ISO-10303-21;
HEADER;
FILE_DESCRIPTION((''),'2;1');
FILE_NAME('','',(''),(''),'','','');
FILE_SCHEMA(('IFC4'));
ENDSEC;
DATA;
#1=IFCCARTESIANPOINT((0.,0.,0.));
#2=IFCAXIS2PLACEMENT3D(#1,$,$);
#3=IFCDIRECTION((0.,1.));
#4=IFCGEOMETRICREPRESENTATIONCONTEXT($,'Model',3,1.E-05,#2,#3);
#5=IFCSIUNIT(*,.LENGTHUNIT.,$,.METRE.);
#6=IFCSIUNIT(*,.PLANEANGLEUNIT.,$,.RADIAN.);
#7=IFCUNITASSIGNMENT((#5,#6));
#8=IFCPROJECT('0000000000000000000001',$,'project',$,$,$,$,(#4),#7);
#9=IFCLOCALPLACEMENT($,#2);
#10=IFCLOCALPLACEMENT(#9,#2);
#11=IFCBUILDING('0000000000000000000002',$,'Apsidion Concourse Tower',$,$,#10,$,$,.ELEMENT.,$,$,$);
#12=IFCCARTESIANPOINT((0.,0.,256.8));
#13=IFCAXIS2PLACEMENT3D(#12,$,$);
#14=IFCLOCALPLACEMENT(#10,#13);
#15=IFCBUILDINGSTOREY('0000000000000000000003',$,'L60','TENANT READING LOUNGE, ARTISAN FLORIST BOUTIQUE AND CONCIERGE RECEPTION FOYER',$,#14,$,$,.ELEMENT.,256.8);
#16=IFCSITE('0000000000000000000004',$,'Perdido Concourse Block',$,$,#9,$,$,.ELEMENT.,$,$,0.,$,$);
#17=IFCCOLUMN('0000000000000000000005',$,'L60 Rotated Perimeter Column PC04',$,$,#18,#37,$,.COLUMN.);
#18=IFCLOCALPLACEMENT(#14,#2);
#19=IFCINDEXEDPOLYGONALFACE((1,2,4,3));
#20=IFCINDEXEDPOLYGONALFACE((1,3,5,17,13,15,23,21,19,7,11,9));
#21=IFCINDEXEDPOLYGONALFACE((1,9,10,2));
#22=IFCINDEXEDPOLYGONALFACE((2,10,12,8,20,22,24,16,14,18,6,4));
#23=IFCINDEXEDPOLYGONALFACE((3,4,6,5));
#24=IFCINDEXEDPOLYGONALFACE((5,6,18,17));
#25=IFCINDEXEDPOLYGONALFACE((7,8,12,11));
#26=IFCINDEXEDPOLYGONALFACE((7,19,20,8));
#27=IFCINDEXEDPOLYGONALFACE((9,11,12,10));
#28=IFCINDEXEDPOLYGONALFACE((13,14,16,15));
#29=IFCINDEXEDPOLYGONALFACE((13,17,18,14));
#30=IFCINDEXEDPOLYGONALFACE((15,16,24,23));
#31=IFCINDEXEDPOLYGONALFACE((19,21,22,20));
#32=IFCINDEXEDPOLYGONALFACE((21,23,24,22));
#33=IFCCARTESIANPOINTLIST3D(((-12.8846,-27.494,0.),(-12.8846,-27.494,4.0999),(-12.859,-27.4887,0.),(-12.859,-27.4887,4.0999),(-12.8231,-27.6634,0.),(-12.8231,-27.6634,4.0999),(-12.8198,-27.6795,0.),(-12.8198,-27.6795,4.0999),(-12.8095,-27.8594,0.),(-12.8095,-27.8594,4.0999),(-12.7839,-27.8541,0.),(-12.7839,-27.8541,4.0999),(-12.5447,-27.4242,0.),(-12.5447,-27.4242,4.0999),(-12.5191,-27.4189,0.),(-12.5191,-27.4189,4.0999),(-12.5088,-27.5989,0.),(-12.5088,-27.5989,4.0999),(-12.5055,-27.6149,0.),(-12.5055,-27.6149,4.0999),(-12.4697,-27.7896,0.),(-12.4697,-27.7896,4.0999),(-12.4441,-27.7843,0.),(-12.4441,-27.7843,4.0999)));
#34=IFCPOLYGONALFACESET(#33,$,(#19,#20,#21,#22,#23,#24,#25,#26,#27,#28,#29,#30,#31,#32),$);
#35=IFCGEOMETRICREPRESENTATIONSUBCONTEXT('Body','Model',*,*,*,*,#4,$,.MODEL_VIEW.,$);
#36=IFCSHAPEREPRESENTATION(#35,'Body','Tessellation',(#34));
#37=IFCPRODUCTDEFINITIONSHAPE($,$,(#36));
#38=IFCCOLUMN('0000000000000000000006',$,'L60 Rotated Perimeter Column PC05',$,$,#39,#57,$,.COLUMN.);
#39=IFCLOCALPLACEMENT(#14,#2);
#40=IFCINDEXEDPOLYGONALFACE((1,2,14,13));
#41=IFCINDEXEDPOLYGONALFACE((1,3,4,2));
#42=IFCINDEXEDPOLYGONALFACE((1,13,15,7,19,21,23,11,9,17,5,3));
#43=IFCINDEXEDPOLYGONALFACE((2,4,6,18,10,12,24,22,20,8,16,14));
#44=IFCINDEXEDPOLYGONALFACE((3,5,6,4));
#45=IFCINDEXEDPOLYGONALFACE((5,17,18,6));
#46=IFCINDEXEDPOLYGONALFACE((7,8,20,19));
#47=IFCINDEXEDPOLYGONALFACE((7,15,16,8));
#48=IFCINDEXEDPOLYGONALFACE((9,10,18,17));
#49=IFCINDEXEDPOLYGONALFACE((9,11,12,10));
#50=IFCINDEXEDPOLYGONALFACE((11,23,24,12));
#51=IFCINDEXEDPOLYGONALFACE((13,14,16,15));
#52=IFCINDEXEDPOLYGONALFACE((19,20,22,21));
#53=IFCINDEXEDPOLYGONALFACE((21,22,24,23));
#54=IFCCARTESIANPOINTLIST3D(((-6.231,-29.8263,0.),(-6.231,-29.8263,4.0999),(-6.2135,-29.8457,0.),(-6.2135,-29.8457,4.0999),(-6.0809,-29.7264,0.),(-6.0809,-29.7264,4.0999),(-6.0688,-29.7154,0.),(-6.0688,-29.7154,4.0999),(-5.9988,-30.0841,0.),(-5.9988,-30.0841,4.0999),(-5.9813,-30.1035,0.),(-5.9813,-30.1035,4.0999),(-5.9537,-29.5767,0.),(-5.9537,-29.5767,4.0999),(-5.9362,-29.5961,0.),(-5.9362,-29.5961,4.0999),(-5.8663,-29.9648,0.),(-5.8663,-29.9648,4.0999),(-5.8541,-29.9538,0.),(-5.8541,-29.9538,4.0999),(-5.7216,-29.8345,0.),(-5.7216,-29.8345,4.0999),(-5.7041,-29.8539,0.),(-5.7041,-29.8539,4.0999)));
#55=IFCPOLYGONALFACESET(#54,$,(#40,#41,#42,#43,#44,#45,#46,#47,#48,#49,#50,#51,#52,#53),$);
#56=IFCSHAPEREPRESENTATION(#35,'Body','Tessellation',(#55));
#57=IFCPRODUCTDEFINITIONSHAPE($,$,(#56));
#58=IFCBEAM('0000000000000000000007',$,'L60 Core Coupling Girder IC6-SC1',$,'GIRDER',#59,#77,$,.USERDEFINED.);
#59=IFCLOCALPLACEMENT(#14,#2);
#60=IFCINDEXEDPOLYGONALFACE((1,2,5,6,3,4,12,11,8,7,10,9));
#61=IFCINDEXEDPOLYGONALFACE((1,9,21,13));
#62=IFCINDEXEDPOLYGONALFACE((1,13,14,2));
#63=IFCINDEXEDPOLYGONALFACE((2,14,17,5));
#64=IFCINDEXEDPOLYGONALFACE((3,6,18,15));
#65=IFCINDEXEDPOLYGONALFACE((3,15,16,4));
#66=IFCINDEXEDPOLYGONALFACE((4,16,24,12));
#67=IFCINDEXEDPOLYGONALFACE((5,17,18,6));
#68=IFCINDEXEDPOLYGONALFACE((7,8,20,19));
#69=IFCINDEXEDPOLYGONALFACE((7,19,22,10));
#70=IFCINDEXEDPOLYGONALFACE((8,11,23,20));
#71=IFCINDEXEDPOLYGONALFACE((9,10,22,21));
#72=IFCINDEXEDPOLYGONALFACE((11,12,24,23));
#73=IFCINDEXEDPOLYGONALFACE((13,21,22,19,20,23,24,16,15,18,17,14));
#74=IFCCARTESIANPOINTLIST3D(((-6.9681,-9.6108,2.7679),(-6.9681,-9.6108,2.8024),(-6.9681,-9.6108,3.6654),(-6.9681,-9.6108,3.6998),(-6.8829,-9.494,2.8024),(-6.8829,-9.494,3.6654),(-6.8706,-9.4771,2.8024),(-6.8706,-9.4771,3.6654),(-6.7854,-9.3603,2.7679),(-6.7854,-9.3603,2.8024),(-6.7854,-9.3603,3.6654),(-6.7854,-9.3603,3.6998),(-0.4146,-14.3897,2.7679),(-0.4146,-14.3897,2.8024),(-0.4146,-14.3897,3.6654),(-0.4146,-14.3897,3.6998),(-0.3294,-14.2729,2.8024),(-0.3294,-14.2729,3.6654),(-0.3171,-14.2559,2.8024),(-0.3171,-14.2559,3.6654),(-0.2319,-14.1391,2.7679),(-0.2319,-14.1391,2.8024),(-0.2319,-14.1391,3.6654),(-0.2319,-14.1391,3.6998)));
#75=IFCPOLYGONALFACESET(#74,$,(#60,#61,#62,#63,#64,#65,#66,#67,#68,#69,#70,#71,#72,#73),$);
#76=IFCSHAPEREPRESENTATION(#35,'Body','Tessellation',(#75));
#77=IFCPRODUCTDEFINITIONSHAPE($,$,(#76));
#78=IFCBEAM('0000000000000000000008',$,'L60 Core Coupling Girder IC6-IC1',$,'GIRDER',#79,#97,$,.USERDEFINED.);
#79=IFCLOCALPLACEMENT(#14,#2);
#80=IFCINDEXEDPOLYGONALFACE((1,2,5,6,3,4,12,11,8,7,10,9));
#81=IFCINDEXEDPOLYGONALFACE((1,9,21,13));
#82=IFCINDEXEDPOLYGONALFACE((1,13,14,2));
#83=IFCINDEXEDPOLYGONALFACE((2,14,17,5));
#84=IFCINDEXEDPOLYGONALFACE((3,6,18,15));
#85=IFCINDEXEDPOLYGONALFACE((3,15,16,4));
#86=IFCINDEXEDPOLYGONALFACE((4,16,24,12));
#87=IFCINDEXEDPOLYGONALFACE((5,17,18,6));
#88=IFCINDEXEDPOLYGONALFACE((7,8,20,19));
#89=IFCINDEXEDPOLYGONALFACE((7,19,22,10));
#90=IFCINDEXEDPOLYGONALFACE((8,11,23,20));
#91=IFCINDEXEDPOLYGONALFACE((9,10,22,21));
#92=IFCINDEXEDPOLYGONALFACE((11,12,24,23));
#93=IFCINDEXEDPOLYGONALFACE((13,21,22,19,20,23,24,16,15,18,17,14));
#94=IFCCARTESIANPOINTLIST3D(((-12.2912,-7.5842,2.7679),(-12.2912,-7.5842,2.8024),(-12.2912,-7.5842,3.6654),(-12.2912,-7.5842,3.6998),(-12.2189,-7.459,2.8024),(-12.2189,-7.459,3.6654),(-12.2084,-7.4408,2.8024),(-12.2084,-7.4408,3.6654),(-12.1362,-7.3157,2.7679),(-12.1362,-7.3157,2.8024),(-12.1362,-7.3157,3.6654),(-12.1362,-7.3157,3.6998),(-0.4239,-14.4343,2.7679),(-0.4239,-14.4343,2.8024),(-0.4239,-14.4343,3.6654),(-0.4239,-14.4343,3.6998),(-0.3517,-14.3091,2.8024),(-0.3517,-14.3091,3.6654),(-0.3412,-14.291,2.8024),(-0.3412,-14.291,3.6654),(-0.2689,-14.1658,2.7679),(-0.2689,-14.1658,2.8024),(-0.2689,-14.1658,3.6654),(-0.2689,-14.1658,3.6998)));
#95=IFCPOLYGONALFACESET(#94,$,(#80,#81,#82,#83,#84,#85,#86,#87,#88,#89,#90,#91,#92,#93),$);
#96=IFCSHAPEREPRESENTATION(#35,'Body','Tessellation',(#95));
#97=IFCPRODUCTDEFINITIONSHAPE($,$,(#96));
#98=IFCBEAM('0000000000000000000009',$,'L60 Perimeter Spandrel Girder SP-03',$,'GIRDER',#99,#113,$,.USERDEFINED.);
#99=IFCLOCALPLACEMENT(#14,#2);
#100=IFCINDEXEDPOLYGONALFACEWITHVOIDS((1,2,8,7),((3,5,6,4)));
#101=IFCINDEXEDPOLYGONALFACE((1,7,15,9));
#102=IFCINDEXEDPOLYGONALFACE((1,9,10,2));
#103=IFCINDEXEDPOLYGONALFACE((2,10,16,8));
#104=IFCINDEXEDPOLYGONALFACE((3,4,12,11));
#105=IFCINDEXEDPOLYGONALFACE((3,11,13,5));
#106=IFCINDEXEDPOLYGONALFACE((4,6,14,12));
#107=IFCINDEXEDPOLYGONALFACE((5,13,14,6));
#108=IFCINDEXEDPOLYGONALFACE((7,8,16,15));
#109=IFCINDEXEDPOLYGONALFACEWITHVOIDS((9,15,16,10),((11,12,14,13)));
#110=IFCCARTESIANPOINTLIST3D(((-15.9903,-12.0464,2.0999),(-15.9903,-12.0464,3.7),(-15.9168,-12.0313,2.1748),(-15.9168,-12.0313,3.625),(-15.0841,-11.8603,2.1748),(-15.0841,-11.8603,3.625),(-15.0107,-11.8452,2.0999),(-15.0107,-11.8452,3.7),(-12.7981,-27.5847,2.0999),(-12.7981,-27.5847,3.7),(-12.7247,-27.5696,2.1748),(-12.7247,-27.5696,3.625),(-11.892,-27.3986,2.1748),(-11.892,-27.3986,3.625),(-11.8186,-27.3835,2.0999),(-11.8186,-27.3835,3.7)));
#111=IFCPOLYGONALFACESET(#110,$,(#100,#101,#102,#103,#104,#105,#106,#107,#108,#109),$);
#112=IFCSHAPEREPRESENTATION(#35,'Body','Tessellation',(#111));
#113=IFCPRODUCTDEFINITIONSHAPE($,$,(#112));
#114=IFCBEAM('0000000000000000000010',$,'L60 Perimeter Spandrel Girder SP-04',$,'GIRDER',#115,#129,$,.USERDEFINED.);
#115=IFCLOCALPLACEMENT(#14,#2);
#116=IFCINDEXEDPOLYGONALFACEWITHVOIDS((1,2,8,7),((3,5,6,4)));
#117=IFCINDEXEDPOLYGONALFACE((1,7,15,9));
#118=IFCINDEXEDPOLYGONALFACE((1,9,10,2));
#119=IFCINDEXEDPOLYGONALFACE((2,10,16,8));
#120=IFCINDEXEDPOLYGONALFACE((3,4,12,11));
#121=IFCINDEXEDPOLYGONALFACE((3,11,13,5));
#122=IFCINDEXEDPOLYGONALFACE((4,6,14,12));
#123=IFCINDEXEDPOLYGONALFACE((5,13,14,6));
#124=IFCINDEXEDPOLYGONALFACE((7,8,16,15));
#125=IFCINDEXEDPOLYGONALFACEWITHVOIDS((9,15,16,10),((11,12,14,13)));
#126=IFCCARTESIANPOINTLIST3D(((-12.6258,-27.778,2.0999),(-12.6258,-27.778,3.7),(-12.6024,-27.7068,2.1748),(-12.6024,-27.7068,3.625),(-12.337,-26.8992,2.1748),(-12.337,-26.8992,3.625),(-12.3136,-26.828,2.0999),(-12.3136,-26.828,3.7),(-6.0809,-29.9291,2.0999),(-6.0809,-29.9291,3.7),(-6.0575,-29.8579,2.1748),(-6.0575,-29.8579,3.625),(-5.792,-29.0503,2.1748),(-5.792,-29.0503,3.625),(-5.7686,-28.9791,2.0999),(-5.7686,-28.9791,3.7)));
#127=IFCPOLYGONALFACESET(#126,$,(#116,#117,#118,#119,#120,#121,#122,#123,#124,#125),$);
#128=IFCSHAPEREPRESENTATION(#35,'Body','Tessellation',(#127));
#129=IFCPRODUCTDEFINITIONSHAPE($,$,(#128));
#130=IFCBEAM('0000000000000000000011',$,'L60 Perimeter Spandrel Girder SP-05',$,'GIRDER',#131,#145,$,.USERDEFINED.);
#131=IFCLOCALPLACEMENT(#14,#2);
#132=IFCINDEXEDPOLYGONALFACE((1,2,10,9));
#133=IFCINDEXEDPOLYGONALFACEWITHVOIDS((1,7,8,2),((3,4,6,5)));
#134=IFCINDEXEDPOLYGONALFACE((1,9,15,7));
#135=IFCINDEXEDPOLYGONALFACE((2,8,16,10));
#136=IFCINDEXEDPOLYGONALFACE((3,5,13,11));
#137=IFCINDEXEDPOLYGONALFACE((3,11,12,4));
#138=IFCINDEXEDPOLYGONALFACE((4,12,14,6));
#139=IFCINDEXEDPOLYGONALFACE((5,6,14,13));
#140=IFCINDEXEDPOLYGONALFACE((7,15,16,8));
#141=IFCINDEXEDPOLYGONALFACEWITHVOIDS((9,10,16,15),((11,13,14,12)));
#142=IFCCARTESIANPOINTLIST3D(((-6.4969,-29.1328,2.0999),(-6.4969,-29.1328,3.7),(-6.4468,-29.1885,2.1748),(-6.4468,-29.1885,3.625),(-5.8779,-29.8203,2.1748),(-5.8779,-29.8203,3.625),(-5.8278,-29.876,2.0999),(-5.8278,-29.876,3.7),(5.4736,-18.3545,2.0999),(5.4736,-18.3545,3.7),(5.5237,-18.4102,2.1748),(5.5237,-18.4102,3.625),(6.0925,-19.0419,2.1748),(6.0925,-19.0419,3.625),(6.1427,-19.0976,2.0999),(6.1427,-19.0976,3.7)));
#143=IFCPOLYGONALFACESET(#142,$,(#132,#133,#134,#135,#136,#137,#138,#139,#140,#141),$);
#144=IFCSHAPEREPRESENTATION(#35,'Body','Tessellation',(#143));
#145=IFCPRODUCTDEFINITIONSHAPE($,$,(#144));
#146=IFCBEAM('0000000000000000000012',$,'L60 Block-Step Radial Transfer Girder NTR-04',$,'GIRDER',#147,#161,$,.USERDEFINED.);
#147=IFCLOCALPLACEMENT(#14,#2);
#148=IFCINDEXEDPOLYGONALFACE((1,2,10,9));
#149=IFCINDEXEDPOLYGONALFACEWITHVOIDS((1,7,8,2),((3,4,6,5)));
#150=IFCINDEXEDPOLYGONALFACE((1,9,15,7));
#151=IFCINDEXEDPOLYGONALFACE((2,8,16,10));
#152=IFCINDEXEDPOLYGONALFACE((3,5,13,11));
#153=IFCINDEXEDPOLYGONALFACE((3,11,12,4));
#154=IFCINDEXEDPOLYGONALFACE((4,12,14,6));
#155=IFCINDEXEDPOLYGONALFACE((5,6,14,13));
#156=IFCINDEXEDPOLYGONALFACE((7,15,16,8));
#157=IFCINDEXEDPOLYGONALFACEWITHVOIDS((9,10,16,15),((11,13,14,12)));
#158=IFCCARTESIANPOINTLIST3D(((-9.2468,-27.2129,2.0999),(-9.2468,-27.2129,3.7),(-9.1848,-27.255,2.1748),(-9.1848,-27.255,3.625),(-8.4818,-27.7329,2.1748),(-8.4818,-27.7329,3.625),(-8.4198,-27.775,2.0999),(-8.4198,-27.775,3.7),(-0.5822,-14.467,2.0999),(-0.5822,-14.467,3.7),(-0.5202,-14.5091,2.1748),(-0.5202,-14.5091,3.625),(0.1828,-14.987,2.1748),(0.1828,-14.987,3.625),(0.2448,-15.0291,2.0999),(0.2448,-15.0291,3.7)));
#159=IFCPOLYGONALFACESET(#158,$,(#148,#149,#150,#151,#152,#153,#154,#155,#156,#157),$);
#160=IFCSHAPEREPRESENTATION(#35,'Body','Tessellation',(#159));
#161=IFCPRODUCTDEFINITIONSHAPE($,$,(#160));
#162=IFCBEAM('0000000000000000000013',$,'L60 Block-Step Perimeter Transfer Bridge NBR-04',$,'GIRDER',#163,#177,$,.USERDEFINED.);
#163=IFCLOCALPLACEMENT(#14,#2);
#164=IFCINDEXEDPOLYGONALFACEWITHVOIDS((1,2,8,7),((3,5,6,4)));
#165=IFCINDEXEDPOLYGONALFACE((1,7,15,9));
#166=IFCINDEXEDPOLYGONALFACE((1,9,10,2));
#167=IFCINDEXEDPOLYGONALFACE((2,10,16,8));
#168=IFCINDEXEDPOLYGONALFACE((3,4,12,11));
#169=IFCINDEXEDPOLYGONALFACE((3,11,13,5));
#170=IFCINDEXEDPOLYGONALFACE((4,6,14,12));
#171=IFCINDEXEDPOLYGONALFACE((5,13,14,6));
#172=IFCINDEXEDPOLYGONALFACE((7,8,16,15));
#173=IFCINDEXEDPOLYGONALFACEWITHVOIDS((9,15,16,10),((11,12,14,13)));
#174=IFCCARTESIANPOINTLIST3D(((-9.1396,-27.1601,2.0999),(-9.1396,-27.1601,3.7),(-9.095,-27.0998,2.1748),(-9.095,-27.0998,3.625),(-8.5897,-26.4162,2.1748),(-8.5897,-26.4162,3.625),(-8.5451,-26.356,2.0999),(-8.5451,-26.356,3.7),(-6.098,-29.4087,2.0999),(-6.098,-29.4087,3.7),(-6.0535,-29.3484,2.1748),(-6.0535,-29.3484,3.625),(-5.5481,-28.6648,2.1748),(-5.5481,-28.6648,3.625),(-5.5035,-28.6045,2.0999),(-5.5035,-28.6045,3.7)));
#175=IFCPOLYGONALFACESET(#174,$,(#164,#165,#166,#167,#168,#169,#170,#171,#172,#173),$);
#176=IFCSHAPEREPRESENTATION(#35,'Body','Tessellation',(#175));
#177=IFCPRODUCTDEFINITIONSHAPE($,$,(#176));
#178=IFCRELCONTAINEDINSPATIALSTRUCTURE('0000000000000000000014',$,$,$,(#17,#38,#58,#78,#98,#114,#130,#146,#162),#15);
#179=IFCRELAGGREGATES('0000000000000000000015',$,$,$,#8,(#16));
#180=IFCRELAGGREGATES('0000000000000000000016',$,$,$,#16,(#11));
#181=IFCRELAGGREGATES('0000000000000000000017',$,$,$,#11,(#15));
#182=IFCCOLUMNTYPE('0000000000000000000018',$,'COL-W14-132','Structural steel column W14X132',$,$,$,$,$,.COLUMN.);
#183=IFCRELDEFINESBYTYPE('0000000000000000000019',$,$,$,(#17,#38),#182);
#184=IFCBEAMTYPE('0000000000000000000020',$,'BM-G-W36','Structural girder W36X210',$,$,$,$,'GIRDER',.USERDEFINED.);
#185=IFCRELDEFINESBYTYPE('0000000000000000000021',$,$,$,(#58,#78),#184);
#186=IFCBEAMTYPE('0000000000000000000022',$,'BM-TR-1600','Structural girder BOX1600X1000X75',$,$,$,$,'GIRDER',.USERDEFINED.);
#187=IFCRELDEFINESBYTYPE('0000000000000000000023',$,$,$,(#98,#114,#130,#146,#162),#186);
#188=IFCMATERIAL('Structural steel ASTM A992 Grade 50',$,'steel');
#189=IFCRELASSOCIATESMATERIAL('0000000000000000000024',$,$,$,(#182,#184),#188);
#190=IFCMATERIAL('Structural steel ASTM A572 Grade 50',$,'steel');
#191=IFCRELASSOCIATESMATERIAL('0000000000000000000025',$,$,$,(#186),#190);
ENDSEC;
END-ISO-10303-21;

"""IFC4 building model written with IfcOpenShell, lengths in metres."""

from ifc_helpers import new_model, si_unit, direction, frame, origin, origin_2d, place, context, subcontext, project, spatial, hollow_rectangle, i_section, extrude, material, material_profile, profile_set, type_object, element, save


model = new_model("IFC4")

# Units and contexts
model_context = context("Model", 3, precision=1e-05, world=origin(), true_north=direction((0.0, 1.0)))
body_context = subcontext(model_context, "Body", "Model", "MODEL_VIEW")
ifc_project = project(units=[si_unit("LENGTHUNIT", "METRE"), si_unit("PLANEANGLEUNIT", "RADIAN")], contexts=[model_context])

# Site, building, storey
site_placement = place(None, origin())
site = spatial("IfcSite", under=ifc_project, at=site_placement, Name="Perdido Concourse Block", CompositionType="ELEMENT", RefElevation=0.0)
building_placement = place(site_placement, origin())
building = spatial("IfcBuilding", under=site, at=building_placement, Name="Apsidion Concourse Tower", CompositionType="ELEMENT")
storey_placement = place(building_placement, frame((0.0, 0.0, 256.8)))
storey = spatial("IfcBuildingStorey", under=building, at=storey_placement, Name="L60", Description="TENANT READING LOUNGE, ARTISAN FLORIST BOUTIQUE AND CONCIERGE RECEPTION FOYER", CompositionType="ELEMENT", Elevation=256.8)

# Columns
ifc_material_1 = material(Name="Structural steel ASTM A992 Grade 50", Category="steel")
ifc_material_profile_1 = material_profile(ifc_material_1, i_section(OverallWidth=0.373, OverallDepth=0.373, WebThickness=0.0164, FlangeThickness=0.0261, at=origin_2d()), Name="W14X132")
ifc_profile_set_1 = profile_set([ifc_material_profile_1], Name="Structural steel ASTM A992 Grade 50")
column_type = type_object("IfcColumnType", Name="COL-W14-132", Description="Structural steel column W14X132", PredefinedType="COLUMN", material=ifc_profile_set_1)
for number, where, z_axis, x_axis, name in (
    (1, (-12.6643, -27.6392, 0.0), (0.0, 0.0, 1.0), (-0.201249, 0.97954, 0.0), "L60 Rotated Perimeter Column PC04"),
    (2, (-5.9675, -29.8401, 0.0), (0.0, 0.0, 1.0), (0.743145, 0.669131, 0.0), "L60 Rotated Perimeter Column PC05"),
):
    element("IfcColumn", number, at=place(storey_placement, frame(where, z_axis=z_axis, x_axis=x_axis)), inside=storey, type_object=column_type, Name=name, PredefinedType="COLUMN", context=body_context, shape_type="SweptSolid", body=[
        extrude(i_section(OverallWidth=0.373, OverallDepth=0.373, WebThickness=0.0164, FlangeThickness=0.0261, at=origin_2d()), origin(), (0.0, 0.0, 1.0), 4.0999),
    ])

# Beams
ifc_material_profile_2 = material_profile(ifc_material_1, i_section(OverallWidth=0.3101, OverallDepth=0.9319, WebThickness=0.021, FlangeThickness=0.0344, at=origin_2d()), Name="W36X210")
ifc_profile_set_2 = profile_set([ifc_material_profile_2], Name="Structural steel ASTM A992 Grade 50")
beam_type_1 = type_object("IfcBeamType", Name="BM-G-W36", Description="Structural girder W36X210", ElementType="GIRDER", PredefinedType="USERDEFINED", material=ifc_profile_set_2)
beam_1_placement = place(storey_placement, frame((-0.3232, -14.2644, 3.2339), z_axis=(-0.807993, 0.589191, 0.0), x_axis=(-0.589191, -0.807993, 0.0)))
element("IfcBeam", 3, at=beam_1_placement, inside=storey, type_object=beam_type_1, Name="L60 Core Coupling Girder IC6-SC1", ObjectType="GIRDER", PredefinedType="USERDEFINED", context=body_context, shape_type="SweptSolid", body=[
    extrude(i_section(OverallWidth=0.3101, OverallDepth=0.9319, WebThickness=0.021, FlangeThickness=0.0344, at=origin_2d()), origin(), (0.0, 0.0, 1.0), 8.1108),
])
beam_2_placement = place(storey_placement, frame((-0.3464, -14.3, 3.2339), z_axis=(-0.86607, 0.499922, 0.0), x_axis=(-0.499922, -0.86607, 0.0)))
element("IfcBeam", 4, at=beam_2_placement, inside=storey, type_object=beam_type_1, Name="L60 Core Coupling Girder IC6-IC1", ObjectType="GIRDER", PredefinedType="USERDEFINED", context=body_context, shape_type="SweptSolid", body=[
    extrude(i_section(OverallWidth=0.3101, OverallDepth=0.9319, WebThickness=0.021, FlangeThickness=0.0344, at=origin_2d()), origin(), (0.0, 0.0, 1.0), 13.7024),
])
ifc_material_2 = material(Name="Structural steel ASTM A572 Grade 50", Category="steel")
ifc_material_profile_3 = material_profile(ifc_material_2, hollow_rectangle(XDim=1.0, YDim=1.6001, WallThickness=0.075, at=origin_2d()), Name="BOX1600X1000X75")
ifc_profile_set_3 = profile_set([ifc_material_profile_3], Name="Structural steel ASTM A572 Grade 50")
beam_type_2 = type_object("IfcBeamType", Name="BM-TR-1600", Description="Structural girder BOX1600X1000X75", ElementType="GIRDER", PredefinedType="USERDEFINED", material=ifc_profile_set_3)
beam_3_placement = place(storey_placement, frame((-15.5005, -11.9458, 2.8999), z_axis=(0.201234, -0.979543, 0.0), x_axis=(0.979543, 0.201234, 0.0)))
element("IfcBeam", 5, at=beam_3_placement, inside=storey, type_object=beam_type_2, Name="L60 Perimeter Spandrel Girder SP-03", ObjectType="GIRDER", PredefinedType="USERDEFINED", context=body_context, shape_type="SweptSolid", body=[
    extrude(hollow_rectangle(XDim=1.0, YDim=1.6001, WallThickness=0.075, at=origin_2d()), origin(), (0.0, 0.0, 1.0), 15.8628),
])
beam_4_placement = place(storey_placement, frame((-12.4697, -27.303, 2.8999), z_axis=(0.950004, -0.312238, 0.0), x_axis=(0.312238, 0.950004, 0.0)))
element("IfcBeam", 6, at=beam_4_placement, inside=storey, type_object=beam_type_2, Name="L60 Perimeter Spandrel Girder SP-04", ObjectType="GIRDER", PredefinedType="USERDEFINED", context=body_context, shape_type="SweptSolid", body=[
    extrude(hollow_rectangle(XDim=1.0, YDim=1.6001, WallThickness=0.075, at=origin_2d()), origin(), (0.0, 0.0, 1.0), 6.8894),
])
beam_5_placement = place(storey_placement, frame((-6.1624, -29.5044, 2.8999), z_axis=(0.743143, 0.669133, 0.0), x_axis=(-0.669133, 0.743143, 0.0)))
element("IfcBeam", 7, at=beam_5_placement, inside=storey, type_object=beam_type_2, Name="L60 Perimeter Spandrel Girder SP-05", ObjectType="GIRDER", PredefinedType="USERDEFINED", context=body_context, shape_type="SweptSolid", body=[
    extrude(hollow_rectangle(XDim=1.0, YDim=1.6001, WallThickness=0.075, at=origin_2d()), origin(), (0.0, 0.0, 1.0), 16.1079),
])
beam_6_placement = place(storey_placement, frame((-0.1687, -14.748, 2.8999), z_axis=(-0.562193, -0.827006, 0.0), x_axis=(0.827006, -0.562193, 0.0)))
element("IfcBeam", 8, at=beam_6_placement, inside=storey, type_object=beam_type_2, Name="L60 Block-Step Radial Transfer Girder NTR-04", ObjectType="GIRDER", PredefinedType="USERDEFINED", context=body_context, shape_type="SweptSolid", body=[
    extrude(hollow_rectangle(XDim=1.0, YDim=1.6001, WallThickness=0.075, at=origin_2d()), origin(), (0.0, 0.0, 1.0), 15.4121),
])
beam_7_placement = place(storey_placement, frame((-5.8008, -29.0066, 2.8999), z_axis=(-0.804117, 0.594471, 0.0), x_axis=(-0.594471, -0.804117, 0.0)))
element("IfcBeam", 9, at=beam_7_placement, inside=storey, type_object=beam_type_2, Name="L60 Block-Step Perimeter Transfer Bridge NBR-04", ObjectType="GIRDER", PredefinedType="USERDEFINED", context=body_context, shape_type="SweptSolid", body=[
    extrude(hollow_rectangle(XDim=1.0, YDim=1.6001, WallThickness=0.075, at=origin_2d()), origin(), (0.0, 0.0, 1.0), 3.7825),
])

save(model, "model.ifc")
